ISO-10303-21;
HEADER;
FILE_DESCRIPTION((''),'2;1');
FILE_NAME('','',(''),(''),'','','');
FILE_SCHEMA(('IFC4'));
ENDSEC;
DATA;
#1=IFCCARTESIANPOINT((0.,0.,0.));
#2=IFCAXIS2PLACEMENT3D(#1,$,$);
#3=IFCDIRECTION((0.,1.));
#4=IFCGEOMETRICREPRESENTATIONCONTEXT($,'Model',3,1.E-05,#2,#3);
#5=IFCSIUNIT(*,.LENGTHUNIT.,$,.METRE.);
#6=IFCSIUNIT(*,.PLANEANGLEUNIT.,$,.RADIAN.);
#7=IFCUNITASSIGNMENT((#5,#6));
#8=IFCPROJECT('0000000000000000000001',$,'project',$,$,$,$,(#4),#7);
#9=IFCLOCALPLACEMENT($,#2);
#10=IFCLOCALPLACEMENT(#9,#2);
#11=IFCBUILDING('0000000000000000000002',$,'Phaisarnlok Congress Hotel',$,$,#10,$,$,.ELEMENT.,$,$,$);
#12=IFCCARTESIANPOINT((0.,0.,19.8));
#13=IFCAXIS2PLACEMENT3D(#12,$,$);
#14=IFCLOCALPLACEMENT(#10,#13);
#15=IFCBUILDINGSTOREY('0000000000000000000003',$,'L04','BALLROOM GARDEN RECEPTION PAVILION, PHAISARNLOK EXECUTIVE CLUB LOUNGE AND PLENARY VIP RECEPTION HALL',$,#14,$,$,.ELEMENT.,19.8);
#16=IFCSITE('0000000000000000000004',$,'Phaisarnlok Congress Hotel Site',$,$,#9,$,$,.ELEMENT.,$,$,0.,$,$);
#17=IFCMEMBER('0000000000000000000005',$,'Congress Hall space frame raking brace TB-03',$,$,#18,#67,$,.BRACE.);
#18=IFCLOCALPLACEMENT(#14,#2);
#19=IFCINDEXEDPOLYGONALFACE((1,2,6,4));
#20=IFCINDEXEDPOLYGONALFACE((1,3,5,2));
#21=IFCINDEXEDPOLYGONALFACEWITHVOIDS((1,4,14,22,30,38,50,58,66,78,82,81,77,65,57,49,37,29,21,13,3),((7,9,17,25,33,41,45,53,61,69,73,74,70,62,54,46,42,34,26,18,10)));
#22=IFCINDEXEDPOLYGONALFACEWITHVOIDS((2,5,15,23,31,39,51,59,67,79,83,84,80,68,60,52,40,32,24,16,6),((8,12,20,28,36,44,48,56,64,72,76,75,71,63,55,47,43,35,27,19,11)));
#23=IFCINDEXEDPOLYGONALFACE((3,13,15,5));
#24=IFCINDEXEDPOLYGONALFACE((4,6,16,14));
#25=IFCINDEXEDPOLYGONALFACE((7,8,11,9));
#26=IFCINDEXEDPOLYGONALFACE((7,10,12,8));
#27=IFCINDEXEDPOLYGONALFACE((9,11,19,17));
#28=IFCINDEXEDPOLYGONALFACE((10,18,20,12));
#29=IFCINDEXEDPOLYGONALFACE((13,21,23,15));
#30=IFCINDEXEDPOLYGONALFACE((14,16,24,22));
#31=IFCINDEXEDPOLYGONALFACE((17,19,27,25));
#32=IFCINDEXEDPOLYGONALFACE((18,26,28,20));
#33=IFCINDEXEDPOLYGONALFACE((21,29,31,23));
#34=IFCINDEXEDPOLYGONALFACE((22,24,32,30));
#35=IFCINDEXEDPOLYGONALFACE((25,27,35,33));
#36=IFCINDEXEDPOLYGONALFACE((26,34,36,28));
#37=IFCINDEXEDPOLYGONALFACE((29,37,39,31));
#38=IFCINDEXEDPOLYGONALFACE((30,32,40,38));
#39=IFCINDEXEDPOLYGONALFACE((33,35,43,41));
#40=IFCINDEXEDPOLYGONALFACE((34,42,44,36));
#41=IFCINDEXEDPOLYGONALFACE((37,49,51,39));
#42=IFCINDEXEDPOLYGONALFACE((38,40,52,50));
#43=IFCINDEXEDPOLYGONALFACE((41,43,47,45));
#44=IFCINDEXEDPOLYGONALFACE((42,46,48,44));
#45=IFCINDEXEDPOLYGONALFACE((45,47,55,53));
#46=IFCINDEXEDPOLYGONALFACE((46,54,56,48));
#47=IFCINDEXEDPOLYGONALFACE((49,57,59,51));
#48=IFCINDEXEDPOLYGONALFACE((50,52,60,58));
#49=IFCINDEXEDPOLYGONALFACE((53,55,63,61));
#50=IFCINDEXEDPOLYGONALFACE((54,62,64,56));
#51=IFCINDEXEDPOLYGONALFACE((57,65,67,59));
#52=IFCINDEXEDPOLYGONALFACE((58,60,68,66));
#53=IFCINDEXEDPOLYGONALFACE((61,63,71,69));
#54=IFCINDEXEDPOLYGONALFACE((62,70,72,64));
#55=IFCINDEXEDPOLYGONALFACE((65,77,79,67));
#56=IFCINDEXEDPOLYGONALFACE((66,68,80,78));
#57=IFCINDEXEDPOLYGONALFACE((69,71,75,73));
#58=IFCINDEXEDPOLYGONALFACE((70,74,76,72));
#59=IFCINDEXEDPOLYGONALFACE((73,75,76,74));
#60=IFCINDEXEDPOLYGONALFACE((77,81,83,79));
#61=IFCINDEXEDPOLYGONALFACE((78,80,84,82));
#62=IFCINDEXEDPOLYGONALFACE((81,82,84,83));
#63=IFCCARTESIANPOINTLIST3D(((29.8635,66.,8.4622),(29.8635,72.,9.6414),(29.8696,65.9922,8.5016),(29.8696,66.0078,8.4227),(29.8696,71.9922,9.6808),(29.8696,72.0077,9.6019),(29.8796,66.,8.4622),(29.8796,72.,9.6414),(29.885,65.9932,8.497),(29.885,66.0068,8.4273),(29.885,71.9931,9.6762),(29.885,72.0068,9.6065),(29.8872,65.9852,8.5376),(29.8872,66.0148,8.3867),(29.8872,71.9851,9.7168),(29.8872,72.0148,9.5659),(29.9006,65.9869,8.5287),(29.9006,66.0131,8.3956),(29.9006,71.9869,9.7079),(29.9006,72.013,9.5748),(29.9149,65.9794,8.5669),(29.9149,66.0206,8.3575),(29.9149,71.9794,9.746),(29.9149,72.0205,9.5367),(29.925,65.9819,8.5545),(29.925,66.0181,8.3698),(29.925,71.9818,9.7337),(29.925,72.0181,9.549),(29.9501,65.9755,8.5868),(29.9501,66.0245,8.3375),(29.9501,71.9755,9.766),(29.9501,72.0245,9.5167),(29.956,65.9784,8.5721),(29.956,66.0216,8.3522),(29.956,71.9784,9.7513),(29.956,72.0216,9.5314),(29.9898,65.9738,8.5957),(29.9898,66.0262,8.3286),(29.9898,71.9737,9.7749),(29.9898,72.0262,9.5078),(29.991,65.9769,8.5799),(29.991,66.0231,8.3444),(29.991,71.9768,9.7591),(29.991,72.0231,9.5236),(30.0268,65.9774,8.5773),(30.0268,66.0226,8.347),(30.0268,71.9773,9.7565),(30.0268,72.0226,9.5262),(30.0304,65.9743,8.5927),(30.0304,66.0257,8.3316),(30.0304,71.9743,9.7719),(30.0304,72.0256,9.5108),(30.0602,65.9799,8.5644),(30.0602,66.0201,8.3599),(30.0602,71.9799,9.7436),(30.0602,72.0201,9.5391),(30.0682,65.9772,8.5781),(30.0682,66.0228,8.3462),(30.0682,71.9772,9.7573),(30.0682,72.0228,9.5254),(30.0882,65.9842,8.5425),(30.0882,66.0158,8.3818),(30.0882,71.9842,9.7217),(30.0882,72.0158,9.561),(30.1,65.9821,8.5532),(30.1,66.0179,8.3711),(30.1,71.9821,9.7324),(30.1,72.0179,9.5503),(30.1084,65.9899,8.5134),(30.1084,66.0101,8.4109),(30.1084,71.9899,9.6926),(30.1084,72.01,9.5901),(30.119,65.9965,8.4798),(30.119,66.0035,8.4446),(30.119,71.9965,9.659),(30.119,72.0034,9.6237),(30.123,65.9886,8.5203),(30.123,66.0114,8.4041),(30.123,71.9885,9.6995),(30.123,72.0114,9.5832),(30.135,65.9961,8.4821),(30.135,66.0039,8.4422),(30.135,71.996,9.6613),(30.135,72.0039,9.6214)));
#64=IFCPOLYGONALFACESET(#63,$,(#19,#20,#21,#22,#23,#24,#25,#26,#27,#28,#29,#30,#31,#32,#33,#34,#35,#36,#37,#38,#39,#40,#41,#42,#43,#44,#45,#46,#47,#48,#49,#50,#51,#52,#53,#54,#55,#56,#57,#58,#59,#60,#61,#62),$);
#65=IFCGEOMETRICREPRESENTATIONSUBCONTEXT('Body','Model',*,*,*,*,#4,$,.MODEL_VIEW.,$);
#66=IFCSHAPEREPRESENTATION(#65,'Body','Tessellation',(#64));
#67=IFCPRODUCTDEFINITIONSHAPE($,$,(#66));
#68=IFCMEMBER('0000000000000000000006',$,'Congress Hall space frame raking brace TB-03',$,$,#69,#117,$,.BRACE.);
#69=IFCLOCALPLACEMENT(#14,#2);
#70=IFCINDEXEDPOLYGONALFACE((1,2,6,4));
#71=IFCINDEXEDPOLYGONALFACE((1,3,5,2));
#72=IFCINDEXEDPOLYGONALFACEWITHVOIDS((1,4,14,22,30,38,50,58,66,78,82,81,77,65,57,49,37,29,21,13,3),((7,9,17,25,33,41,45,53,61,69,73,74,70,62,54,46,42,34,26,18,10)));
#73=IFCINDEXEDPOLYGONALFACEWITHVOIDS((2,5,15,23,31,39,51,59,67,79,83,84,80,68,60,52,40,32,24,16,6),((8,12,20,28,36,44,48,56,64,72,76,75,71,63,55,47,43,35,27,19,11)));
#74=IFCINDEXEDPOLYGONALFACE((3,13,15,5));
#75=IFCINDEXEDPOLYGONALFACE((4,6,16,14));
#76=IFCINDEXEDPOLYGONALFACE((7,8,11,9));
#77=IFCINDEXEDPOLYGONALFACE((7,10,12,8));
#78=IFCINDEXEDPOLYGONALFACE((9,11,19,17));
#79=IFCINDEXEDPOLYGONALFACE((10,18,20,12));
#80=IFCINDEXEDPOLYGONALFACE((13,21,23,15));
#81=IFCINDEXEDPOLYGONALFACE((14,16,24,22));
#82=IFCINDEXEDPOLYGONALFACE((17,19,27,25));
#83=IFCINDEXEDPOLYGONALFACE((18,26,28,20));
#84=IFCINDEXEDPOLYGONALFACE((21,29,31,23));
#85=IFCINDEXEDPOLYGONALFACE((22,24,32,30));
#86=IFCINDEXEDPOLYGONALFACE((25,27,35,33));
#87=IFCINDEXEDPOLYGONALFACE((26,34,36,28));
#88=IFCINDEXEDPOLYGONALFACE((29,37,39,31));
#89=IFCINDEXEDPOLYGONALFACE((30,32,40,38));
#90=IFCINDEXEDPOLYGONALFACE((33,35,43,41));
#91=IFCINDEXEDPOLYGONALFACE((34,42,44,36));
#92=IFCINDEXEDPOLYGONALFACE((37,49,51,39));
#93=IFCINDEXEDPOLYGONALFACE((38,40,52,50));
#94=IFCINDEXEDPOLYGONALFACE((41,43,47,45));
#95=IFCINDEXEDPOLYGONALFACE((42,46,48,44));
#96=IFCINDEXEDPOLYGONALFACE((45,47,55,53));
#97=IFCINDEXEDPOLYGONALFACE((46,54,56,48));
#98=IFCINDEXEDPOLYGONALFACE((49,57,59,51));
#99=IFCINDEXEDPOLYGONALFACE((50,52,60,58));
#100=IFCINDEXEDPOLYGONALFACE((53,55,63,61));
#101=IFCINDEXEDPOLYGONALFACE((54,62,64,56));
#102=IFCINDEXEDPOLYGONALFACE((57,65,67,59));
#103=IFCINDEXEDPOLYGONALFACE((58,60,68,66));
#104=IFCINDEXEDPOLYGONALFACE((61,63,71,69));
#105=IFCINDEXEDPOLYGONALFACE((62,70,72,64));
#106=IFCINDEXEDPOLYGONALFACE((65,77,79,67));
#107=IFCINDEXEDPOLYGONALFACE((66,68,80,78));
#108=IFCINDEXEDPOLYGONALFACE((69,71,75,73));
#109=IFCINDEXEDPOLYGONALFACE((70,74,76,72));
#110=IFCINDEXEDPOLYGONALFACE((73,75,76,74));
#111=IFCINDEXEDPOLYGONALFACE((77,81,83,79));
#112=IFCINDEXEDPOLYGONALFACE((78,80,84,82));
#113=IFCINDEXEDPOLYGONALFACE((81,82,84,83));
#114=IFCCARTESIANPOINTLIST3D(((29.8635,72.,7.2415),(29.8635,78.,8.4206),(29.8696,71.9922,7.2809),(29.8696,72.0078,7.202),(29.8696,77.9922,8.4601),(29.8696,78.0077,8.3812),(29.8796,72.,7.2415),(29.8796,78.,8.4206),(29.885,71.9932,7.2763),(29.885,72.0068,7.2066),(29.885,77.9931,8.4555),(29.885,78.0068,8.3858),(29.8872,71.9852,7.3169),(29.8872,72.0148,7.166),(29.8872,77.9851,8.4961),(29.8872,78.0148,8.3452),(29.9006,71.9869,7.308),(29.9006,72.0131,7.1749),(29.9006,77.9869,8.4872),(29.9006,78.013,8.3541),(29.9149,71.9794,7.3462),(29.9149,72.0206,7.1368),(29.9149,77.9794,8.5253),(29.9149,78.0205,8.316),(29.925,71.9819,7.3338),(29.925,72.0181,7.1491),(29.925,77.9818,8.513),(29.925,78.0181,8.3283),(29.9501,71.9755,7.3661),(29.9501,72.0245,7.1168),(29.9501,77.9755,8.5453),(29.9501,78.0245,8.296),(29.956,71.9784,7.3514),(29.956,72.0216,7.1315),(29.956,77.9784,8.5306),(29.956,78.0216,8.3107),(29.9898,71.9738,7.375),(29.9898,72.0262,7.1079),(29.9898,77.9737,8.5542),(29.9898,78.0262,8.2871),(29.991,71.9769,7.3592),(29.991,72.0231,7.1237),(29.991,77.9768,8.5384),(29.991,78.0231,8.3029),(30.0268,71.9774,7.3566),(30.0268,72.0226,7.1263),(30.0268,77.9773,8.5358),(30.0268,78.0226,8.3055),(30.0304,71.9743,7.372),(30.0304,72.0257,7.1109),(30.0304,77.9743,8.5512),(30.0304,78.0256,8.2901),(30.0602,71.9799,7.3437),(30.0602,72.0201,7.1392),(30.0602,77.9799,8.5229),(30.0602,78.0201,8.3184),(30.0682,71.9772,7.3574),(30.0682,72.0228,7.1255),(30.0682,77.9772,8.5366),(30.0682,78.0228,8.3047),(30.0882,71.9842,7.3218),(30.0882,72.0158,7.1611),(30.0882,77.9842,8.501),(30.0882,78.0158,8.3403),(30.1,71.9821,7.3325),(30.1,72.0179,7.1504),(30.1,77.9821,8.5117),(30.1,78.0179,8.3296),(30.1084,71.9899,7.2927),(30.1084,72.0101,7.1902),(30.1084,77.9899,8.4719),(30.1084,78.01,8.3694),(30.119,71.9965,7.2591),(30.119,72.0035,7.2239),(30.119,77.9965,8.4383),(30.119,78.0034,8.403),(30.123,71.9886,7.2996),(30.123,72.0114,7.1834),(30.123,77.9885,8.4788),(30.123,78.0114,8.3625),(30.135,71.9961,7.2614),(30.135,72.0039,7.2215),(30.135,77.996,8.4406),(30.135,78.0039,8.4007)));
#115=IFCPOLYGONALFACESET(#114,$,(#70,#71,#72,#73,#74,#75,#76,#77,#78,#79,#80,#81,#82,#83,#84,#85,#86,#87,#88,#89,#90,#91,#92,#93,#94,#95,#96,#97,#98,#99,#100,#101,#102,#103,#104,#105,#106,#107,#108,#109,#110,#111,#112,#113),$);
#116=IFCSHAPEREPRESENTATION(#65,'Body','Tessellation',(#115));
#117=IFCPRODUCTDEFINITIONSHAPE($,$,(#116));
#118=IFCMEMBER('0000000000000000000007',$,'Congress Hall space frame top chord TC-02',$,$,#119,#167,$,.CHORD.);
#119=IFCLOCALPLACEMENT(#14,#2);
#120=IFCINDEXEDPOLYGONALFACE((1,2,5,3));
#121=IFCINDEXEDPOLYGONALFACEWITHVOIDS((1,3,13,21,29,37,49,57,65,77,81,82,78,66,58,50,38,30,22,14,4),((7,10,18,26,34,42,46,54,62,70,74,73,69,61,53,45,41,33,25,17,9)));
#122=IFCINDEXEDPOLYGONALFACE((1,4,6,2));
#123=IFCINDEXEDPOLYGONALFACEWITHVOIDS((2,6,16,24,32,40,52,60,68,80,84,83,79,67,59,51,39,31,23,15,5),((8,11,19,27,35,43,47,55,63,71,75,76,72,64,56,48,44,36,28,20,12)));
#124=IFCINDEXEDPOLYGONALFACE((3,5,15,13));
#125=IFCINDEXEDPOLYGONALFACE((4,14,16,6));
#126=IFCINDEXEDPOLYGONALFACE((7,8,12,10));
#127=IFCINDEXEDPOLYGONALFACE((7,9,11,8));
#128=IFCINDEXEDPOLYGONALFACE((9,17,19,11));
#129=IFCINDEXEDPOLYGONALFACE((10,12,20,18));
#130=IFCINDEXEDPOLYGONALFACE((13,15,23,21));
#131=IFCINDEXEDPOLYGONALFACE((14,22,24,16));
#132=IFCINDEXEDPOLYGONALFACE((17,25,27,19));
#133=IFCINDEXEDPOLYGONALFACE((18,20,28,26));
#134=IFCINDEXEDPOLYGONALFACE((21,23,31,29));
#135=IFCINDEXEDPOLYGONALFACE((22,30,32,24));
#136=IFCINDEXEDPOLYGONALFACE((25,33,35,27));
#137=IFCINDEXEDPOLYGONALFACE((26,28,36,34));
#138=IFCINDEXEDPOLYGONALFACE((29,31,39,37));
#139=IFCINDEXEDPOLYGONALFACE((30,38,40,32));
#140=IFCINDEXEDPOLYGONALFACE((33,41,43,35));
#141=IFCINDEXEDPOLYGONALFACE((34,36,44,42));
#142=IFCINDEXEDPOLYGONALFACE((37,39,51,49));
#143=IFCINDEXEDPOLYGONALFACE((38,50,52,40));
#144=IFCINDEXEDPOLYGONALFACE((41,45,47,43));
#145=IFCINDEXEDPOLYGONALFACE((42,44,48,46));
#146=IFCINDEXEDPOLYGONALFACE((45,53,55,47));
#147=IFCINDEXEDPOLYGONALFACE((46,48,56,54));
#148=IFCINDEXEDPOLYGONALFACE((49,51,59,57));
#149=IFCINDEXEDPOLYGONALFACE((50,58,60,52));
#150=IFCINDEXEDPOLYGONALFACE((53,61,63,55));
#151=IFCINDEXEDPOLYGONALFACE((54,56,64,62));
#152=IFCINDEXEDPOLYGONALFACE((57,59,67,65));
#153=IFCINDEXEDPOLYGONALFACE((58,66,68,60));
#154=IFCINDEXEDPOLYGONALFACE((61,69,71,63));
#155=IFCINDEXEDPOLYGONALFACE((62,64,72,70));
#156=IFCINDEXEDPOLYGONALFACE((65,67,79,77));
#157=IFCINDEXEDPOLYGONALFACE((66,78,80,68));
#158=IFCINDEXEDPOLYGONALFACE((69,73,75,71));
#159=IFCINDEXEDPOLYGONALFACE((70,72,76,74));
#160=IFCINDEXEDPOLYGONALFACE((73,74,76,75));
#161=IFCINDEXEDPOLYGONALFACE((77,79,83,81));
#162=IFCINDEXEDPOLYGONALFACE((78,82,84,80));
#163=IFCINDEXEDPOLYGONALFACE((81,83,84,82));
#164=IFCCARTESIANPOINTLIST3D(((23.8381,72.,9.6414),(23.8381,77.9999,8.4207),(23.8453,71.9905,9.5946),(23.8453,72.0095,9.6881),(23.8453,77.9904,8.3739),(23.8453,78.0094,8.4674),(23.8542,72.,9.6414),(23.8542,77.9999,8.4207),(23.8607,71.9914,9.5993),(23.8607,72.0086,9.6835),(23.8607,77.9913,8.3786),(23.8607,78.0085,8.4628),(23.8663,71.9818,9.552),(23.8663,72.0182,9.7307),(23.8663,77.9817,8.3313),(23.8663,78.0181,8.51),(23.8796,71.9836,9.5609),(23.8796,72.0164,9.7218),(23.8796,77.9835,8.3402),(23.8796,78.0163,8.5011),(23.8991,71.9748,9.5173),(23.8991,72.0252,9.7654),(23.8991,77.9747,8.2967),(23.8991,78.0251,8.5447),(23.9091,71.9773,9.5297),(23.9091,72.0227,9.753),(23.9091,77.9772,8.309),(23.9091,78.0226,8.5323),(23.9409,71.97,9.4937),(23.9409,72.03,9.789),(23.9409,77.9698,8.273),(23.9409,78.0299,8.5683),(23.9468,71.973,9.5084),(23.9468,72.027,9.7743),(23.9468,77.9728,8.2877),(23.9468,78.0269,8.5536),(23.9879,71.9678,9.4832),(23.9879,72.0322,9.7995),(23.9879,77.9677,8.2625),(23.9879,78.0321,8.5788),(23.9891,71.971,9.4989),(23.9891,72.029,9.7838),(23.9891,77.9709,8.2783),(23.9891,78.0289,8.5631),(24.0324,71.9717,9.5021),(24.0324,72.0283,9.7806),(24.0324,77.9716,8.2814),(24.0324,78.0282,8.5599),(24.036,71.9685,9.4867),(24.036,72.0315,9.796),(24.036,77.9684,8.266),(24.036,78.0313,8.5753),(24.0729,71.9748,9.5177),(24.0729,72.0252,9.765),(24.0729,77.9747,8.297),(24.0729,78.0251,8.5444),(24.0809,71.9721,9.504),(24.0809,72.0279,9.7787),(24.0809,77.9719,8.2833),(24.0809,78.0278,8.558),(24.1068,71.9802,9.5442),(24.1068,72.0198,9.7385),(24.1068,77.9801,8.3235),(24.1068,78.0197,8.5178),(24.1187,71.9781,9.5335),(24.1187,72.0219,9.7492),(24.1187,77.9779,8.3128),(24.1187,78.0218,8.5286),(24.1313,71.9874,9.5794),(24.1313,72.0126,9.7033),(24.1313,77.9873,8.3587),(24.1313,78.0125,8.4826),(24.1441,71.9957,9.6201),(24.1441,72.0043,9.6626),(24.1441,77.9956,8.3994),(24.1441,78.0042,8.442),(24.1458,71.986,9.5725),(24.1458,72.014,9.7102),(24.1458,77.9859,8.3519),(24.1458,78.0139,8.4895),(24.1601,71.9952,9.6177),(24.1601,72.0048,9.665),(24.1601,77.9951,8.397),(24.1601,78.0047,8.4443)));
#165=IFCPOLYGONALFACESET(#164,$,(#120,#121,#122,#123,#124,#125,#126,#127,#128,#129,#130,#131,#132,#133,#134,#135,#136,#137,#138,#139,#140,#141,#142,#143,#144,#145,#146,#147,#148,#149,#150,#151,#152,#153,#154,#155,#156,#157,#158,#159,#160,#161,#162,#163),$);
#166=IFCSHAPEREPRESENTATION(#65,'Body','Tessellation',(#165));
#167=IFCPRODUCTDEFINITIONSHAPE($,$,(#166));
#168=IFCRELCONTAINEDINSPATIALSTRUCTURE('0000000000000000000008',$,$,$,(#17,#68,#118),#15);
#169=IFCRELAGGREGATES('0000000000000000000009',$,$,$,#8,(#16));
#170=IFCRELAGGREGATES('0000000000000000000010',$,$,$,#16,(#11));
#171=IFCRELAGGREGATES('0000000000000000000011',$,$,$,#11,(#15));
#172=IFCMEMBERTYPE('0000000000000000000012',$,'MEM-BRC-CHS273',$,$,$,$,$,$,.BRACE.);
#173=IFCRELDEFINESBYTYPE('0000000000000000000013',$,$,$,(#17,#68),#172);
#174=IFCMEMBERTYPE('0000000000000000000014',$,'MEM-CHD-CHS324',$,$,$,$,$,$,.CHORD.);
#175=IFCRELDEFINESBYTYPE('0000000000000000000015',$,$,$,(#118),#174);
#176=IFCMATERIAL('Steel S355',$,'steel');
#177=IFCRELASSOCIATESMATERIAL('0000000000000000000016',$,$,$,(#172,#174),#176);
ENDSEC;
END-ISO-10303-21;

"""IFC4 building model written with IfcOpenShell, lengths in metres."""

from ifc_helpers import new_model, si_unit, direction, frame, origin, origin_2d, place, context, subcontext, project, spatial, hollow_circle, extrude, material, material_profile, profile_set, type_object, element, save


model = new_model("IFC4")

# Units and contexts
model_context = context("Model", 3, precision=1e-05, world=origin(), true_north=direction((0.0, 1.0)))
body_context = subcontext(model_context, "Body", "Model", "MODEL_VIEW")
ifc_project = project(units=[si_unit("LENGTHUNIT", "METRE"), si_unit("PLANEANGLEUNIT", "RADIAN")], contexts=[model_context])

# Site, building, storey
site_placement = place(None, origin())
site = spatial("IfcSite", under=ifc_project, at=site_placement, Name="Phaisarnlok Congress Hotel Site", CompositionType="ELEMENT", RefElevation=0.0)
building_placement = place(site_placement, origin())
building = spatial("IfcBuilding", under=site, at=building_placement, Name="Phaisarnlok Congress Hotel", CompositionType="ELEMENT")
storey_placement = place(building_placement, frame((0.0, 0.0, 19.8)))
storey = spatial("IfcBuildingStorey", under=building, at=storey_placement, Name="L04", Description="BALLROOM GARDEN RECEPTION PAVILION, PHAISARNLOK EXECUTIVE CLUB LOUNGE AND PLENARY VIP RECEPTION HALL", CompositionType="ELEMENT", Elevation=19.8)

# Members
ifc_material = material(Name="Steel S355", Category="steel")
ifc_material_profile_1 = material_profile(ifc_material, hollow_circle(Radius=0.1365, WallThickness=0.0161, at=origin_2d()), Name="CHS 273x16")
ifc_profile_set_1 = profile_set([ifc_material_profile_1], Name="Steel S355")
member_type_1 = type_object("IfcMemberType", Name="MEM-BRC-CHS273", PredefinedType="BRACE", material=ifc_profile_set_1)
for number, where, z_axis, x_axis, name in (
    (1, (30.0, 66.0, 8.4622), (0.0, 0.981229, 0.192844), (-1.0, 0.0, 0.0), "Congress Hall space frame raking brace TB-03"),
    (2, (30.0, 72.0, 7.2415), (0.0, 0.981229, 0.192844), (-1.0, 0.0, 0.0), "Congress Hall space frame raking brace TB-03"),
):
    element("IfcMember", number, at=place(storey_placement, frame(where, z_axis=z_axis, x_axis=x_axis)), inside=storey, type_object=member_type_1, Name=name, PredefinedType="BRACE", context=body_context, shape_type="SweptSolid", body=[
        extrude(hollow_circle(Radius=0.1365, WallThickness=0.0161, at=origin_2d()), origin(), (0.0, 0.0, 1.0), 6.1147),
    ])
ifc_material_profile_2 = material_profile(ifc_material, hollow_circle(Radius=0.1619, WallThickness=0.0161, at=origin_2d()), Name="CHS 323.9x16")
ifc_profile_set_2 = profile_set([ifc_material_profile_2], Name="Steel S355")
member_type_2 = type_object("IfcMemberType", Name="MEM-CHD-CHS324", PredefinedType="CHORD", material=ifc_profile_set_2)
member_1_placement = place(storey_placement, frame((24.0, 72.0, 9.6414), z_axis=(0.0, 0.979925, -0.199366), x_axis=(-1.0, 0.0, 0.0)))
element("IfcMember", 3, at=member_1_placement, inside=storey, type_object=member_type_2, Name="Congress Hall space frame top chord TC-02", PredefinedType="CHORD", context=body_context, shape_type="SweptSolid", body=[
    extrude(hollow_circle(Radius=0.1619, WallThickness=0.0161, at=origin_2d()), origin(), (0.0, 0.0, 1.0), 6.1228),
])

save(model, "model.ifc")
